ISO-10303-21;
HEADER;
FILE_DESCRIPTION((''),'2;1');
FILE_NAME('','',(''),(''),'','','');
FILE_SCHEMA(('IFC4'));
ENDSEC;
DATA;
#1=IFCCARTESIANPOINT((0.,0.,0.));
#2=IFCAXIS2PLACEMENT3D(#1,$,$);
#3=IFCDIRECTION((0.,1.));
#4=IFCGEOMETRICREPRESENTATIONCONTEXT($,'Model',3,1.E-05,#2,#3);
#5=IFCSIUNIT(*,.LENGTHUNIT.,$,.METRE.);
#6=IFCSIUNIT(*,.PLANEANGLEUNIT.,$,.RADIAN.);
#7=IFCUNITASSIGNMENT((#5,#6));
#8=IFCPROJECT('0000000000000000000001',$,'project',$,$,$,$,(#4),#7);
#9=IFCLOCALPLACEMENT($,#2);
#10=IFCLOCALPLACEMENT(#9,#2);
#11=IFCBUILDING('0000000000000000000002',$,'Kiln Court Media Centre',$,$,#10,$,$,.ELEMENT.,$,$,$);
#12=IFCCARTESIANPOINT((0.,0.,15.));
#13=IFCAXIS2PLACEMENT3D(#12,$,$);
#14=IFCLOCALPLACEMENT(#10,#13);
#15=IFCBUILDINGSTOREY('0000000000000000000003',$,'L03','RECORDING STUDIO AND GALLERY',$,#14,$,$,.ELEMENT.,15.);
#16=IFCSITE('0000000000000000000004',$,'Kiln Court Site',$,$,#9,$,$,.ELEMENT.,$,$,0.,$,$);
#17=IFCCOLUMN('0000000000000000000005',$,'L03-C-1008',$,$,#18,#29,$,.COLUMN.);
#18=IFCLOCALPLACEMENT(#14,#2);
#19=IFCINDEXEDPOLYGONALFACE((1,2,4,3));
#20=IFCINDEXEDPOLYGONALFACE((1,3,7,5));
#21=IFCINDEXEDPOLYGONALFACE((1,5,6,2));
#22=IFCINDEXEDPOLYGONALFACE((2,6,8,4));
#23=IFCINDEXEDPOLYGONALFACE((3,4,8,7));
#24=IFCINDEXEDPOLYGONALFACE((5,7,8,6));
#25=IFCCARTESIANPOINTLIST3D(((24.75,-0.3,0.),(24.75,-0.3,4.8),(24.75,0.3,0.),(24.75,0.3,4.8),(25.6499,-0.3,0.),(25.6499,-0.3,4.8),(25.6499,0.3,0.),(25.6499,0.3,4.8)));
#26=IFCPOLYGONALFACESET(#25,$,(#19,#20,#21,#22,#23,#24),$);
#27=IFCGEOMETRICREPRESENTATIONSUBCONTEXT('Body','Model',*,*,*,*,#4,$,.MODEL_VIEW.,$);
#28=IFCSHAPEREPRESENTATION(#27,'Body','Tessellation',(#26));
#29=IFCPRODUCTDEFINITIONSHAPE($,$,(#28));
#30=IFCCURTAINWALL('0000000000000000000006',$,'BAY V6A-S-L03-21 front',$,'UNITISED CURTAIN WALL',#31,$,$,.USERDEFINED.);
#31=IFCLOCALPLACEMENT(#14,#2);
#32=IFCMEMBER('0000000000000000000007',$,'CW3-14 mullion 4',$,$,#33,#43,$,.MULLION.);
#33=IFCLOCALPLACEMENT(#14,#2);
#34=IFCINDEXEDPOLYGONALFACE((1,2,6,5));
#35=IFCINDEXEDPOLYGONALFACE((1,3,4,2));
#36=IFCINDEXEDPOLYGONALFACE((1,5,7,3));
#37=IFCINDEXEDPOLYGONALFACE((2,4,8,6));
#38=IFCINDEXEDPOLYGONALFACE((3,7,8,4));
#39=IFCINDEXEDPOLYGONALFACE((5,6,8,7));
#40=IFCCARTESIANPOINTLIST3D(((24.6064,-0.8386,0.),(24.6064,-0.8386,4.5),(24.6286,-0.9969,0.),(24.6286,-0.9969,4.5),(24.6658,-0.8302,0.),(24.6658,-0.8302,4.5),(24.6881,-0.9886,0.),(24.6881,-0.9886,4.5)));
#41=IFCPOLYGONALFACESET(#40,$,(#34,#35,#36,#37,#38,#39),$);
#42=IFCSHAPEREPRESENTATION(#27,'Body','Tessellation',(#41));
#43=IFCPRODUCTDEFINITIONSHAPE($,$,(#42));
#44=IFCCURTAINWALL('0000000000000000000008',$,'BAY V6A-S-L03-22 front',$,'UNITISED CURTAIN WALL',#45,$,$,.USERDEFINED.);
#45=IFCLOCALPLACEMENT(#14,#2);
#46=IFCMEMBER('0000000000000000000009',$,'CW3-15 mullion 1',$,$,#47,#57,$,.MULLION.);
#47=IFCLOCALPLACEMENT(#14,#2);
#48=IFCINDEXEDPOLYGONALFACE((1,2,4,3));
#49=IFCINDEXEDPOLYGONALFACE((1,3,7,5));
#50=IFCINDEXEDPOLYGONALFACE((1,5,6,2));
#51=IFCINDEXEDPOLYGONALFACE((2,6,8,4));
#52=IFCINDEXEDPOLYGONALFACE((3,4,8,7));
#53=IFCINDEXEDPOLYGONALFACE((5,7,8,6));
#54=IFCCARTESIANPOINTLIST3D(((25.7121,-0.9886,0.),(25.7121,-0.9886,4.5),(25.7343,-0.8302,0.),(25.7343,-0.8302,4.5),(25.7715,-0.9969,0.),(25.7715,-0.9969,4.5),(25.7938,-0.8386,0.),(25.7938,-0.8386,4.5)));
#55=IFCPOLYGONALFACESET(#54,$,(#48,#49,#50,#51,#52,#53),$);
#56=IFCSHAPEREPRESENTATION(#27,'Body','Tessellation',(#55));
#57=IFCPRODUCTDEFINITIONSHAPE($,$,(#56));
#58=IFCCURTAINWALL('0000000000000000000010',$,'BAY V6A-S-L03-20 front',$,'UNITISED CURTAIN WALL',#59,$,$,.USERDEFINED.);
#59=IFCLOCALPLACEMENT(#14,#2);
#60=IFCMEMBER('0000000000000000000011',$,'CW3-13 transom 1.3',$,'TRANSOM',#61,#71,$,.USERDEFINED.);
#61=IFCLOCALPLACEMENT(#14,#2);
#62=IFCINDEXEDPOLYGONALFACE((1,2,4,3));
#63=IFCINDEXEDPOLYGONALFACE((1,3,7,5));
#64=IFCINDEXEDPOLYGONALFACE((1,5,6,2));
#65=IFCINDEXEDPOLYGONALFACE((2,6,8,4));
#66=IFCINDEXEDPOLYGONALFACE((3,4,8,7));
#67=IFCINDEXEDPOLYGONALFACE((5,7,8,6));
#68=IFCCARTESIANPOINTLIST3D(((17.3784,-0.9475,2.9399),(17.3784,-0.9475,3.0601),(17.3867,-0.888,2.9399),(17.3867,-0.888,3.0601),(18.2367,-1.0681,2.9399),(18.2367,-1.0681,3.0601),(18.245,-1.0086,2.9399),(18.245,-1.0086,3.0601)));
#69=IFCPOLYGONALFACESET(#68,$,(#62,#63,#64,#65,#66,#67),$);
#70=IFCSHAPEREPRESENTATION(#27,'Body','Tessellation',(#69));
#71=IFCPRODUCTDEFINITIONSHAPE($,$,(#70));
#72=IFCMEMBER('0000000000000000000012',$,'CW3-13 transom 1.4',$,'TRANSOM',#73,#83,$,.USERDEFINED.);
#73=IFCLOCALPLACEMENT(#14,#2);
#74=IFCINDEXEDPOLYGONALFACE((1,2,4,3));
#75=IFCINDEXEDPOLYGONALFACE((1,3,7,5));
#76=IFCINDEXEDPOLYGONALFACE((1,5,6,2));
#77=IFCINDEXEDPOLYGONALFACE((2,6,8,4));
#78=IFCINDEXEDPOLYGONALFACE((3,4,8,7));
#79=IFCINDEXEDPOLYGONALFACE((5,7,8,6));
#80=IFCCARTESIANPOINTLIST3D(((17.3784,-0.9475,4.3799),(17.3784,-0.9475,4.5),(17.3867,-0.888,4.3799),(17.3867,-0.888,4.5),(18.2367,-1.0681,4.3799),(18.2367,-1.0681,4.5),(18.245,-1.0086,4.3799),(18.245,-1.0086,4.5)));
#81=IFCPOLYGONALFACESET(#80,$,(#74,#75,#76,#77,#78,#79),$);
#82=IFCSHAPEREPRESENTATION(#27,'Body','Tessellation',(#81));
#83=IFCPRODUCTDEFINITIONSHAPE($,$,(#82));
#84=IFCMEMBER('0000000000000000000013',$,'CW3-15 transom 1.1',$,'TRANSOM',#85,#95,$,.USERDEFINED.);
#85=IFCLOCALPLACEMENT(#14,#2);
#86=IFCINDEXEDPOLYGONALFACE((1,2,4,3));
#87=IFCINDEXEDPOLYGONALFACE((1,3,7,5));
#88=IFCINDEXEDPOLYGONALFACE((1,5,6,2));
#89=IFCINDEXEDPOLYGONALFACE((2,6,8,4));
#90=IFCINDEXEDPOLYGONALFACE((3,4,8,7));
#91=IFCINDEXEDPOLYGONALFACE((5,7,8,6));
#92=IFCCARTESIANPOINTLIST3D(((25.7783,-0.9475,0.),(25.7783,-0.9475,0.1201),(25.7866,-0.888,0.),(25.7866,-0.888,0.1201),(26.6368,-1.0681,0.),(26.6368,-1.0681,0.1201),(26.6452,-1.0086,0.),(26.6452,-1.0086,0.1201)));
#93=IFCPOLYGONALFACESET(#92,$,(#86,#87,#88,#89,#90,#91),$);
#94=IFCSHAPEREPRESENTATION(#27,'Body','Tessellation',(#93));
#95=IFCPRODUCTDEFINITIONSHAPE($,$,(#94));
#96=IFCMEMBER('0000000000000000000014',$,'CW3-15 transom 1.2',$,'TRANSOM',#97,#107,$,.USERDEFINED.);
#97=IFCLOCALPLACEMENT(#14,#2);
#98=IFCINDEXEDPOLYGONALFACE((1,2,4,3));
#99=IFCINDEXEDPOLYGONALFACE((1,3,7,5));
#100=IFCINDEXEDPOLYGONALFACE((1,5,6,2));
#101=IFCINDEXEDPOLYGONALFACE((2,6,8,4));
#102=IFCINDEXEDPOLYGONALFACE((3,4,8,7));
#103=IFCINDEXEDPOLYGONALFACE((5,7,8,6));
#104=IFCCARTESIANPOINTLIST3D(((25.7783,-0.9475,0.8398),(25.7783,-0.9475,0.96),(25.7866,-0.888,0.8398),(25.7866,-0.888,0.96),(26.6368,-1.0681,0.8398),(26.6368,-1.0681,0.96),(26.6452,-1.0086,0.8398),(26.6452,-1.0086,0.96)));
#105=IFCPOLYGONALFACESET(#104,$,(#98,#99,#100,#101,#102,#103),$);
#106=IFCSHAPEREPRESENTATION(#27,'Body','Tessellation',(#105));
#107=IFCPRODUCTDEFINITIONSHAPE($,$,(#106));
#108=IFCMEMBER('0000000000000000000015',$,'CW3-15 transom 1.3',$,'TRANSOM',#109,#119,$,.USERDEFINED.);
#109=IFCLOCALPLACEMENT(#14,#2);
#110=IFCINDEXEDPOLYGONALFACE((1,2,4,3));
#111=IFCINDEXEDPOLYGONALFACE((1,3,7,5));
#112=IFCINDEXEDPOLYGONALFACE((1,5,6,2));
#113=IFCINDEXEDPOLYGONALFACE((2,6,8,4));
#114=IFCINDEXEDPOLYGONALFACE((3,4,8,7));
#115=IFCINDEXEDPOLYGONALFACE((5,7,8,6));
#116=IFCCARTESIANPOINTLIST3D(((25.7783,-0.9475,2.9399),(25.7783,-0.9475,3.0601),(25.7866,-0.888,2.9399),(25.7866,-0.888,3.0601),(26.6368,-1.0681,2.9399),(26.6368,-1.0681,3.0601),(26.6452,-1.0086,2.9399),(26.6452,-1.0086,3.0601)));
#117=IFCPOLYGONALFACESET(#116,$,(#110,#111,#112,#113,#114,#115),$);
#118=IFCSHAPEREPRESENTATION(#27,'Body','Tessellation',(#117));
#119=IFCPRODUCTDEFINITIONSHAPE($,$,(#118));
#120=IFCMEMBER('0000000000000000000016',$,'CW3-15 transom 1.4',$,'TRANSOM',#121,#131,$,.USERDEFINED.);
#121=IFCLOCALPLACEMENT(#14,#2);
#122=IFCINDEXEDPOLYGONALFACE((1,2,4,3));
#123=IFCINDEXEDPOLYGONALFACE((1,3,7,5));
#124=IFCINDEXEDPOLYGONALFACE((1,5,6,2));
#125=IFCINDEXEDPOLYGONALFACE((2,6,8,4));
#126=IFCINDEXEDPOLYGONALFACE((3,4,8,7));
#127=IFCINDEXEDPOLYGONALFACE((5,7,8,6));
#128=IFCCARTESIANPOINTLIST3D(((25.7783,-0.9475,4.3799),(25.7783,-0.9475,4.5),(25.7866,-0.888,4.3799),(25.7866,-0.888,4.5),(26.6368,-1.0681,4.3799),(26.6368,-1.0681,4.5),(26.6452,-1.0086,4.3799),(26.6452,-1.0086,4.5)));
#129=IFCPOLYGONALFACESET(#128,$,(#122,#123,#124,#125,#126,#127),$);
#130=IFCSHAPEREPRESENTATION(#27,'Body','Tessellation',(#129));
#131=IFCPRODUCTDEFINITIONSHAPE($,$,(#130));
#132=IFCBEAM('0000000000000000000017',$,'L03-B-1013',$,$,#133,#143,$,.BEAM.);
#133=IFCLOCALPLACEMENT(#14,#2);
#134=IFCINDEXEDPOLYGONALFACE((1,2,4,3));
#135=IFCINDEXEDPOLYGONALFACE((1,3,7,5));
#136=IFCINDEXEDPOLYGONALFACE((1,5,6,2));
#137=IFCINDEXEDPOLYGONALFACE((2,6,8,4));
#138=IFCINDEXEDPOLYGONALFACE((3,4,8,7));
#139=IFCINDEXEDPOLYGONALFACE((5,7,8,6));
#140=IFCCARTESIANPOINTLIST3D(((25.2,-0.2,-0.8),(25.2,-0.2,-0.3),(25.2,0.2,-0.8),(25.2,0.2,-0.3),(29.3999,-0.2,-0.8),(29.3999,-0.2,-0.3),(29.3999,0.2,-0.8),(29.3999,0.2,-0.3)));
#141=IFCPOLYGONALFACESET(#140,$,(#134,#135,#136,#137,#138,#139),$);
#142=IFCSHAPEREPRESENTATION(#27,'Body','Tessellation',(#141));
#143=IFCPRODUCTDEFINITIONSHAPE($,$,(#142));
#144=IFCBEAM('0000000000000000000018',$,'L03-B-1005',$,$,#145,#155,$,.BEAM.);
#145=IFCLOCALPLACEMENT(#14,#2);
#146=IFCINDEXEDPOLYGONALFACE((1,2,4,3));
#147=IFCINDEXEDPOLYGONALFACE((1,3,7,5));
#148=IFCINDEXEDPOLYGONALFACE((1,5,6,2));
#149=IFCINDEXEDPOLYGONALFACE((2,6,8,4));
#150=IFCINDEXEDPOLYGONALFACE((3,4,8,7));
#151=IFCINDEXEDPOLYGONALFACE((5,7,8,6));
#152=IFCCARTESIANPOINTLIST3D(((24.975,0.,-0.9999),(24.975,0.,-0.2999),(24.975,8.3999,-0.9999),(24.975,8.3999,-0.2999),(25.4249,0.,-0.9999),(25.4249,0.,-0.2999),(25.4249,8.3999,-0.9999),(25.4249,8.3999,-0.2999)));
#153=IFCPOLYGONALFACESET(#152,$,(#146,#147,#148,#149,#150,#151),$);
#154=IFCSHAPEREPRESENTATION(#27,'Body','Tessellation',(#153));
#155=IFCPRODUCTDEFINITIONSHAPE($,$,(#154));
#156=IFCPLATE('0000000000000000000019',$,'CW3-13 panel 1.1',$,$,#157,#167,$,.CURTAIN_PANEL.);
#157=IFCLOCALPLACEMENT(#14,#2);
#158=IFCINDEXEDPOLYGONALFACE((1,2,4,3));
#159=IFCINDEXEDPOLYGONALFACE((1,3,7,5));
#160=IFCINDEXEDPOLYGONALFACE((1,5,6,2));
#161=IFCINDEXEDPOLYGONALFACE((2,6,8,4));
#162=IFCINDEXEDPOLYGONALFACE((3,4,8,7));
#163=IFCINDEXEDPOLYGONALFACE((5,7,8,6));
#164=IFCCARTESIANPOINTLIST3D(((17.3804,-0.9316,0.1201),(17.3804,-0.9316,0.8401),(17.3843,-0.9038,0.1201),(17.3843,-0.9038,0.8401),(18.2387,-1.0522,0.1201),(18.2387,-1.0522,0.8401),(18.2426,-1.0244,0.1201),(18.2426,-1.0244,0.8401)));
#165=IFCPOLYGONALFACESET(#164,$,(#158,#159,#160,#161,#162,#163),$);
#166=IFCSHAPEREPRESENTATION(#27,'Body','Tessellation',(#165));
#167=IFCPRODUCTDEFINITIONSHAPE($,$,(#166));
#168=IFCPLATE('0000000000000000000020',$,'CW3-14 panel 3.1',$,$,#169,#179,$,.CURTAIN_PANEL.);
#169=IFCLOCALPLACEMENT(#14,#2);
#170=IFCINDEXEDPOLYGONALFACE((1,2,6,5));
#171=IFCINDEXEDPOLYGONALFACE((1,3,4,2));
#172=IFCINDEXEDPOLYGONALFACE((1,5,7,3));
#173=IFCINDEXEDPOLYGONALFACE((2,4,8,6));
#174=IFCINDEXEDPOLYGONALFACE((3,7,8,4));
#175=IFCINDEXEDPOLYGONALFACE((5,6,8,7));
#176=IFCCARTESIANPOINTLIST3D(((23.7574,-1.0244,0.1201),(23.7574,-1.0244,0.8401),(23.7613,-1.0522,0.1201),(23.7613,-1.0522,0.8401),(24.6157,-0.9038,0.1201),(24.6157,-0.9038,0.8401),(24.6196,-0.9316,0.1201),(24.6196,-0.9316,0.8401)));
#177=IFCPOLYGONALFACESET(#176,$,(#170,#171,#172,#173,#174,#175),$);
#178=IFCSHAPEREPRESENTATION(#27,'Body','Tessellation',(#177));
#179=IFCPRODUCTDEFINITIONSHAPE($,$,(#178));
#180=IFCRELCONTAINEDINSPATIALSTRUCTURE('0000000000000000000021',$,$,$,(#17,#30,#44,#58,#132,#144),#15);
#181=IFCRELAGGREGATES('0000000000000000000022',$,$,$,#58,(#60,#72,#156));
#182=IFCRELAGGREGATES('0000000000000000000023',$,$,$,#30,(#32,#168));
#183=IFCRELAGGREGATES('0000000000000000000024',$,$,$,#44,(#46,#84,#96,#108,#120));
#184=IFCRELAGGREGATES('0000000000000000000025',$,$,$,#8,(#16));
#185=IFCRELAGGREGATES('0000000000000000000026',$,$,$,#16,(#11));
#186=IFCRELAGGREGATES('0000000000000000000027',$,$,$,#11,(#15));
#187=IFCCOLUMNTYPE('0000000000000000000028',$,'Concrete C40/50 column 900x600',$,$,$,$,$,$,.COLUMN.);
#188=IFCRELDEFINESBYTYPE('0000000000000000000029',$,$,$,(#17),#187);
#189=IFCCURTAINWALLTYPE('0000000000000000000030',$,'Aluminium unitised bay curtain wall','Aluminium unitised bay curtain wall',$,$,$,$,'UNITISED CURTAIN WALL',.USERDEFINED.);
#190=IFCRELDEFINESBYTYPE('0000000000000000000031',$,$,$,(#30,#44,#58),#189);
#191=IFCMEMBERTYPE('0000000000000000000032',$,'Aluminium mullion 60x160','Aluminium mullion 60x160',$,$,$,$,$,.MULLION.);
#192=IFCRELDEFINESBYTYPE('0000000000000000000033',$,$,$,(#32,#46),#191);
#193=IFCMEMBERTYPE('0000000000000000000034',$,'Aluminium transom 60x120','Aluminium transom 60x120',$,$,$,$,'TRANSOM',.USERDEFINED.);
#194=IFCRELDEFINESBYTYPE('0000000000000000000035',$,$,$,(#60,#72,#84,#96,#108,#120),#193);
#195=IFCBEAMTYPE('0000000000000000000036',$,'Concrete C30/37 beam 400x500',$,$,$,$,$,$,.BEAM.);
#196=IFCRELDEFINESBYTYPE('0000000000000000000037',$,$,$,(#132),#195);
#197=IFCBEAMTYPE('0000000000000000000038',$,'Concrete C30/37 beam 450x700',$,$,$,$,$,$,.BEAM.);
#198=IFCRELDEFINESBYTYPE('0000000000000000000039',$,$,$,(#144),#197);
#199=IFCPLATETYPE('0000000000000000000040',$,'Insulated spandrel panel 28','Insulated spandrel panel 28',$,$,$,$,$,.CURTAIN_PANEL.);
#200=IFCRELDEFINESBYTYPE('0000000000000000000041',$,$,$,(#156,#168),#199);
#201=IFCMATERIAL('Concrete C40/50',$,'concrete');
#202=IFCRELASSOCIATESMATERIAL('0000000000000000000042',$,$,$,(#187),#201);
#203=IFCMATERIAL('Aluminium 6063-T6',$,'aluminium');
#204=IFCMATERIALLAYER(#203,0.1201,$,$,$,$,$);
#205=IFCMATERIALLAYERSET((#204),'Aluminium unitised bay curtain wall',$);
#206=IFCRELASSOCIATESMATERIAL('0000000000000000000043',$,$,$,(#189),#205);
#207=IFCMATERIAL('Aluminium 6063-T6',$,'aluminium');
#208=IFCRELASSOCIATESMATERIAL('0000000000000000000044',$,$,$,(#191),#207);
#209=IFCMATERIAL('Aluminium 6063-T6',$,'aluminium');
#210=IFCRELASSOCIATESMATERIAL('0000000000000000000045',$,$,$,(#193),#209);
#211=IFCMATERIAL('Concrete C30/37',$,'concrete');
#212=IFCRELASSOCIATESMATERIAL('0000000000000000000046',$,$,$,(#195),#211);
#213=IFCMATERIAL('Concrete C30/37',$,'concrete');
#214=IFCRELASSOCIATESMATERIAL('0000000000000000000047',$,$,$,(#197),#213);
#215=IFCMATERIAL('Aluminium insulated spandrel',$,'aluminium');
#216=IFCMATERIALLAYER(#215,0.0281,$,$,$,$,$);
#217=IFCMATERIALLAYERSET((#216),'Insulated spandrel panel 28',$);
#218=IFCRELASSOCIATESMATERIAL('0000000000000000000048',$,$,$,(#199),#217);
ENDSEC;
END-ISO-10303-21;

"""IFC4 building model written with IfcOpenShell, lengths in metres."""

from ifc_helpers import new_model, si_unit, direction, frame, origin, origin_2d, place, context, subcontext, project, spatial, rectangle, extrude, material, layer, layer_set, material_profile, profile_set, type_object, element, aggregate, save


model = new_model("IFC4")

# Units and contexts
model_context = context("Model", 3, precision=1e-05, world=origin(), true_north=direction((0.0, 1.0)))
body_context = subcontext(model_context, "Body", "Model", "MODEL_VIEW")
ifc_project = project(units=[si_unit("LENGTHUNIT", "METRE"), si_unit("PLANEANGLEUNIT", "RADIAN")], contexts=[model_context])

# Site, building, storey
site_placement = place(None, origin())
site = spatial("IfcSite", under=ifc_project, at=site_placement, Name="Kiln Court Site", CompositionType="ELEMENT", RefElevation=0.0)
building_placement = place(site_placement, origin())
building = spatial("IfcBuilding", under=site, at=building_placement, Name="Kiln Court Media Centre", CompositionType="ELEMENT")
storey_placement = place(building_placement, frame((0.0, 0.0, 15.0)))
storey = spatial("IfcBuildingStorey", under=building, at=storey_placement, Name="L03", Description="RECORDING STUDIO AND GALLERY", CompositionType="ELEMENT", Elevation=15.0)

# Column
ifc_material_1 = material(Name="Concrete C40/50", Category="concrete")
ifc_material_profile_1 = material_profile(ifc_material_1, rectangle(XDim=0.8999, YDim=0.6001, at=origin_2d()), Name="RC 900x600")
ifc_profile_set_1 = profile_set([ifc_material_profile_1], Name="Concrete C40/50")
column_type = type_object("IfcColumnType", Name="Concrete C40/50 column 900x600", PredefinedType="COLUMN", material=ifc_profile_set_1)
column_placement = place(storey_placement, frame((25.2, 0.0, 0.0), z_axis=(0.0, 0.0, 1.0), x_axis=(1.0, 0.0, 0.0)))
element("IfcColumn", 1, at=column_placement, inside=storey, type_object=column_type, Name="L03-C-1008", PredefinedType="COLUMN", context=body_context, shape_type="SweptSolid", body=[
    extrude(rectangle(XDim=0.8999, YDim=0.6001, at=origin_2d()), origin(), (0.0, 0.0, 1.0), 4.8),
])

# Curtain walls, members
ifc_material_2 = material(Name="Aluminium 6063-T6", Category="aluminium")
ifc_layer_1 = layer(ifc_material_2, 0.1201)
ifc_layer_set_1 = layer_set([ifc_layer_1], Name="Aluminium unitised bay curtain wall")
curtain_wall_type = type_object("IfcCurtainWallType", Name="Aluminium unitised bay curtain wall", Description="Aluminium unitised bay curtain wall", ElementType="UNITISED CURTAIN WALL", PredefinedType="USERDEFINED", material=ifc_layer_set_1)
curtain_wall_1_placement = place(storey_placement, origin())
curtain_wall_1 = element("IfcCurtainWall", 2, at=curtain_wall_1_placement, inside=storey, type_object=curtain_wall_type, Name="BAY V6A-S-L03-21 front", ObjectType="UNITISED CURTAIN WALL", PredefinedType="USERDEFINED")
ifc_material_3 = material(Name="Aluminium 6063-T6", Category="aluminium")
ifc_material_profile_2 = material_profile(ifc_material_3, rectangle(XDim=0.0601, YDim=0.1599, at=origin_2d()), Name="Aluminium mullion 60x160")
ifc_profile_set_2 = profile_set([ifc_material_profile_2], Name="Aluminium 6063-T6")
member_type_1 = type_object("IfcMemberType", Name="Aluminium mullion 60x160", Description="Aluminium mullion 60x160", PredefinedType="MULLION", material=ifc_profile_set_2)
member_1_placement = place(storey_placement, frame((24.6472, -0.9136, 0.0), z_axis=(0.0, 0.0, 1.0), x_axis=(0.99027, 0.139162, 0.0)))
member_1 = element("IfcMember", 3, at=member_1_placement, type_object=member_type_1, Name="CW3-14 mullion 4", PredefinedType="MULLION", context=body_context, shape_type="SweptSolid", body=[
    extrude(rectangle(XDim=0.0601, YDim=0.1599, at=origin_2d()), origin(), (0.0, 0.0, 1.0), 4.5),
])
curtain_wall_2_placement = place(storey_placement, origin())
curtain_wall_2 = element("IfcCurtainWall", 4, at=curtain_wall_2_placement, inside=storey, type_object=curtain_wall_type, Name="BAY V6A-S-L03-22 front", ObjectType="UNITISED CURTAIN WALL", PredefinedType="USERDEFINED")
member_2_placement = place(storey_placement, frame((25.7529, -0.9136, 0.0), z_axis=(0.0, 0.0, 1.0), x_axis=(0.99027, -0.139162, 0.0)))
member_2 = element("IfcMember", 5, at=member_2_placement, type_object=member_type_1, Name="CW3-15 mullion 1", PredefinedType="MULLION", context=body_context, shape_type="SweptSolid", body=[
    extrude(rectangle(XDim=0.0601, YDim=0.1599, at=origin_2d()), origin(), (0.0, 0.0, 1.0), 4.5),
])

# Curtain wall, members
curtain_wall_3_placement = place(storey_placement, origin())
curtain_wall_3 = element("IfcCurtainWall", 6, at=curtain_wall_3_placement, inside=storey, type_object=curtain_wall_type, Name="BAY V6A-S-L03-20 front", ObjectType="UNITISED CURTAIN WALL", PredefinedType="USERDEFINED")
ifc_material_4 = material(Name="Aluminium 6063-T6", Category="aluminium")
ifc_material_profile_3 = material_profile(ifc_material_4, rectangle(XDim=0.0601, YDim=0.1201, at=origin_2d()), Name="Aluminium transom 60x120")
ifc_profile_set_3 = profile_set([ifc_material_profile_3], Name="Aluminium 6063-T6")
member_type_2 = type_object("IfcMemberType", Name="Aluminium transom 60x120", Description="Aluminium transom 60x120", ElementType="TRANSOM", PredefinedType="USERDEFINED", material=ifc_profile_set_3)
member_3_placement = place(storey_placement, frame((17.3826, -0.9177, 3.0), z_axis=(0.990268, -0.139173, 0.0), x_axis=(0.139173, 0.990268, 0.0)))
member_3 = element("IfcMember", 7, at=member_3_placement, type_object=member_type_2, Name="CW3-13 transom 1.3", ObjectType="TRANSOM", PredefinedType="USERDEFINED", context=body_context, shape_type="SweptSolid", body=[
    extrude(rectangle(XDim=0.0601, YDim=0.1201, at=origin_2d()), origin(), (0.0, 0.0, 1.0), 0.8667),
])
member_4_placement = place(storey_placement, frame((17.3826, -0.9177, 4.4399), z_axis=(0.990268, -0.139173, 0.0), x_axis=(0.139173, 0.990268, 0.0)))
member_4 = element("IfcMember", 8, at=member_4_placement, type_object=member_type_2, Name="CW3-13 transom 1.4", ObjectType="TRANSOM", PredefinedType="USERDEFINED", context=body_context, shape_type="SweptSolid", body=[
    extrude(rectangle(XDim=0.0601, YDim=0.1201, at=origin_2d()), origin(), (0.0, 0.0, 1.0), 0.8667),
])

# Members
member_5_placement = place(storey_placement, frame((25.7825, -0.9177, 0.0601), z_axis=(0.990274, -0.139134, 0.0), x_axis=(0.139134, 0.990274, 0.0)))
member_5 = element("IfcMember", 9, at=member_5_placement, type_object=member_type_2, Name="CW3-15 transom 1.1", ObjectType="TRANSOM", PredefinedType="USERDEFINED", context=body_context, shape_type="SweptSolid", body=[
    extrude(rectangle(XDim=0.0601, YDim=0.1201, at=origin_2d()), origin(), (0.0, 0.0, 1.0), 0.8669),
])
member_6_placement = place(storey_placement, frame((25.7825, -0.9177, 0.8999), z_axis=(0.990274, -0.139134, 0.0), x_axis=(0.139134, 0.990274, 0.0)))
member_6 = element("IfcMember", 10, at=member_6_placement, type_object=member_type_2, Name="CW3-15 transom 1.2", ObjectType="TRANSOM", PredefinedType="USERDEFINED", context=body_context, shape_type="SweptSolid", body=[
    extrude(rectangle(XDim=0.0601, YDim=0.1201, at=origin_2d()), origin(), (0.0, 0.0, 1.0), 0.8669),
])
member_7_placement = place(storey_placement, frame((25.7825, -0.9177, 3.0), z_axis=(0.990274, -0.139134, 0.0), x_axis=(0.139134, 0.990274, 0.0)))
member_7 = element("IfcMember", 11, at=member_7_placement, type_object=member_type_2, Name="CW3-15 transom 1.3", ObjectType="TRANSOM", PredefinedType="USERDEFINED", context=body_context, shape_type="SweptSolid", body=[
    extrude(rectangle(XDim=0.0601, YDim=0.1201, at=origin_2d()), origin(), (0.0, 0.0, 1.0), 0.8669),
])
member_8_placement = place(storey_placement, frame((25.7825, -0.9177, 4.4399), z_axis=(0.990274, -0.139134, 0.0), x_axis=(0.139134, 0.990274, 0.0)))
member_8 = element("IfcMember", 12, at=member_8_placement, type_object=member_type_2, Name="CW3-15 transom 1.4", ObjectType="TRANSOM", PredefinedType="USERDEFINED", context=body_context, shape_type="SweptSolid", body=[
    extrude(rectangle(XDim=0.0601, YDim=0.1201, at=origin_2d()), origin(), (0.0, 0.0, 1.0), 0.8669),
])

# Beams
ifc_material_5 = material(Name="Concrete C30/37", Category="concrete")
ifc_material_profile_4 = material_profile(ifc_material_5, rectangle(XDim=0.3999, YDim=0.5, at=origin_2d()), Name="RC 400x500")
ifc_profile_set_4 = profile_set([ifc_material_profile_4], Name="Concrete C30/37")
beam_type_1 = type_object("IfcBeamType", Name="Concrete C30/37 beam 400x500", PredefinedType="BEAM", material=ifc_profile_set_4)
beam_1_placement = place(storey_placement, frame((25.2, 0.0, -0.55), z_axis=(1.0, 0.0, 0.0), x_axis=(0.0, 1.0, 0.0)))
element("IfcBeam", 13, at=beam_1_placement, inside=storey, type_object=beam_type_1, Name="L03-B-1013", PredefinedType="BEAM", context=body_context, shape_type="SweptSolid", body=[
    extrude(rectangle(XDim=0.3999, YDim=0.5, at=origin_2d()), origin(), (0.0, 0.0, 1.0), 4.2),
])
ifc_material_6 = material(Name="Concrete C30/37", Category="concrete")
ifc_material_profile_5 = material_profile(ifc_material_6, rectangle(XDim=0.45, YDim=0.7, at=origin_2d()), Name="RC 450x700")
ifc_profile_set_5 = profile_set([ifc_material_profile_5], Name="Concrete C30/37")
beam_type_2 = type_object("IfcBeamType", Name="Concrete C30/37 beam 450x700", PredefinedType="BEAM", material=ifc_profile_set_5)
beam_2_placement = place(storey_placement, frame((25.2, 0.0, -0.6499), z_axis=(0.0, 1.0, 0.0), x_axis=(-1.0, 0.0, 0.0)))
element("IfcBeam", 14, at=beam_2_placement, inside=storey, type_object=beam_type_2, Name="L03-B-1005", PredefinedType="BEAM", context=body_context, shape_type="SweptSolid", body=[
    extrude(rectangle(XDim=0.45, YDim=0.7, at=origin_2d()), origin(), (0.0, 0.0, 1.0), 8.3999),
])

# Plates
ifc_material_7 = material(Name="Aluminium insulated spandrel", Category="aluminium")
ifc_layer_2 = layer(ifc_material_7, 0.0281)
ifc_layer_set_2 = layer_set([ifc_layer_2], Name="Insulated spandrel panel 28")
plate_type_1 = type_object("IfcPlateType", Name="Insulated spandrel panel 28", Description="Insulated spandrel panel 28", PredefinedType="CURTAIN_PANEL", material=ifc_layer_set_2)
plate_1_placement = place(storey_placement, frame((17.8115, -0.978, 0.1201), z_axis=(0.0, 0.0, 1.0), x_axis=(0.99027, -0.139162, 0.0)))
plate_1 = element("IfcPlate", 15, at=plate_1_placement, type_object=plate_type_1, Name="CW3-13 panel 1.1", PredefinedType="CURTAIN_PANEL", context=body_context, shape_type="SweptSolid", body=[
    extrude(rectangle(XDim=0.8667, YDim=0.0281, at=origin_2d()), origin(), (0.0, 0.0, 1.0), 0.72),
])
plate_2_placement = place(storey_placement, frame((24.1885, -0.978, 0.1201), z_axis=(0.0, 0.0, 1.0), x_axis=(0.99027, 0.139162, 0.0)))
plate_2 = element("IfcPlate", 16, at=plate_2_placement, type_object=plate_type_1, Name="CW3-14 panel 3.1", PredefinedType="CURTAIN_PANEL", context=body_context, shape_type="SweptSolid", body=[
    extrude(rectangle(XDim=0.8667, YDim=0.0281, at=origin_2d()), origin(), (0.0, 0.0, 1.0), 0.72),
])
aggregate(curtain_wall_3, [member_3, member_4, plate_1])
aggregate(curtain_wall_1, [member_1, plate_2])
aggregate(curtain_wall_2, [member_2, member_5, member_6, member_7, member_8])

save(model, "model.ifc")
